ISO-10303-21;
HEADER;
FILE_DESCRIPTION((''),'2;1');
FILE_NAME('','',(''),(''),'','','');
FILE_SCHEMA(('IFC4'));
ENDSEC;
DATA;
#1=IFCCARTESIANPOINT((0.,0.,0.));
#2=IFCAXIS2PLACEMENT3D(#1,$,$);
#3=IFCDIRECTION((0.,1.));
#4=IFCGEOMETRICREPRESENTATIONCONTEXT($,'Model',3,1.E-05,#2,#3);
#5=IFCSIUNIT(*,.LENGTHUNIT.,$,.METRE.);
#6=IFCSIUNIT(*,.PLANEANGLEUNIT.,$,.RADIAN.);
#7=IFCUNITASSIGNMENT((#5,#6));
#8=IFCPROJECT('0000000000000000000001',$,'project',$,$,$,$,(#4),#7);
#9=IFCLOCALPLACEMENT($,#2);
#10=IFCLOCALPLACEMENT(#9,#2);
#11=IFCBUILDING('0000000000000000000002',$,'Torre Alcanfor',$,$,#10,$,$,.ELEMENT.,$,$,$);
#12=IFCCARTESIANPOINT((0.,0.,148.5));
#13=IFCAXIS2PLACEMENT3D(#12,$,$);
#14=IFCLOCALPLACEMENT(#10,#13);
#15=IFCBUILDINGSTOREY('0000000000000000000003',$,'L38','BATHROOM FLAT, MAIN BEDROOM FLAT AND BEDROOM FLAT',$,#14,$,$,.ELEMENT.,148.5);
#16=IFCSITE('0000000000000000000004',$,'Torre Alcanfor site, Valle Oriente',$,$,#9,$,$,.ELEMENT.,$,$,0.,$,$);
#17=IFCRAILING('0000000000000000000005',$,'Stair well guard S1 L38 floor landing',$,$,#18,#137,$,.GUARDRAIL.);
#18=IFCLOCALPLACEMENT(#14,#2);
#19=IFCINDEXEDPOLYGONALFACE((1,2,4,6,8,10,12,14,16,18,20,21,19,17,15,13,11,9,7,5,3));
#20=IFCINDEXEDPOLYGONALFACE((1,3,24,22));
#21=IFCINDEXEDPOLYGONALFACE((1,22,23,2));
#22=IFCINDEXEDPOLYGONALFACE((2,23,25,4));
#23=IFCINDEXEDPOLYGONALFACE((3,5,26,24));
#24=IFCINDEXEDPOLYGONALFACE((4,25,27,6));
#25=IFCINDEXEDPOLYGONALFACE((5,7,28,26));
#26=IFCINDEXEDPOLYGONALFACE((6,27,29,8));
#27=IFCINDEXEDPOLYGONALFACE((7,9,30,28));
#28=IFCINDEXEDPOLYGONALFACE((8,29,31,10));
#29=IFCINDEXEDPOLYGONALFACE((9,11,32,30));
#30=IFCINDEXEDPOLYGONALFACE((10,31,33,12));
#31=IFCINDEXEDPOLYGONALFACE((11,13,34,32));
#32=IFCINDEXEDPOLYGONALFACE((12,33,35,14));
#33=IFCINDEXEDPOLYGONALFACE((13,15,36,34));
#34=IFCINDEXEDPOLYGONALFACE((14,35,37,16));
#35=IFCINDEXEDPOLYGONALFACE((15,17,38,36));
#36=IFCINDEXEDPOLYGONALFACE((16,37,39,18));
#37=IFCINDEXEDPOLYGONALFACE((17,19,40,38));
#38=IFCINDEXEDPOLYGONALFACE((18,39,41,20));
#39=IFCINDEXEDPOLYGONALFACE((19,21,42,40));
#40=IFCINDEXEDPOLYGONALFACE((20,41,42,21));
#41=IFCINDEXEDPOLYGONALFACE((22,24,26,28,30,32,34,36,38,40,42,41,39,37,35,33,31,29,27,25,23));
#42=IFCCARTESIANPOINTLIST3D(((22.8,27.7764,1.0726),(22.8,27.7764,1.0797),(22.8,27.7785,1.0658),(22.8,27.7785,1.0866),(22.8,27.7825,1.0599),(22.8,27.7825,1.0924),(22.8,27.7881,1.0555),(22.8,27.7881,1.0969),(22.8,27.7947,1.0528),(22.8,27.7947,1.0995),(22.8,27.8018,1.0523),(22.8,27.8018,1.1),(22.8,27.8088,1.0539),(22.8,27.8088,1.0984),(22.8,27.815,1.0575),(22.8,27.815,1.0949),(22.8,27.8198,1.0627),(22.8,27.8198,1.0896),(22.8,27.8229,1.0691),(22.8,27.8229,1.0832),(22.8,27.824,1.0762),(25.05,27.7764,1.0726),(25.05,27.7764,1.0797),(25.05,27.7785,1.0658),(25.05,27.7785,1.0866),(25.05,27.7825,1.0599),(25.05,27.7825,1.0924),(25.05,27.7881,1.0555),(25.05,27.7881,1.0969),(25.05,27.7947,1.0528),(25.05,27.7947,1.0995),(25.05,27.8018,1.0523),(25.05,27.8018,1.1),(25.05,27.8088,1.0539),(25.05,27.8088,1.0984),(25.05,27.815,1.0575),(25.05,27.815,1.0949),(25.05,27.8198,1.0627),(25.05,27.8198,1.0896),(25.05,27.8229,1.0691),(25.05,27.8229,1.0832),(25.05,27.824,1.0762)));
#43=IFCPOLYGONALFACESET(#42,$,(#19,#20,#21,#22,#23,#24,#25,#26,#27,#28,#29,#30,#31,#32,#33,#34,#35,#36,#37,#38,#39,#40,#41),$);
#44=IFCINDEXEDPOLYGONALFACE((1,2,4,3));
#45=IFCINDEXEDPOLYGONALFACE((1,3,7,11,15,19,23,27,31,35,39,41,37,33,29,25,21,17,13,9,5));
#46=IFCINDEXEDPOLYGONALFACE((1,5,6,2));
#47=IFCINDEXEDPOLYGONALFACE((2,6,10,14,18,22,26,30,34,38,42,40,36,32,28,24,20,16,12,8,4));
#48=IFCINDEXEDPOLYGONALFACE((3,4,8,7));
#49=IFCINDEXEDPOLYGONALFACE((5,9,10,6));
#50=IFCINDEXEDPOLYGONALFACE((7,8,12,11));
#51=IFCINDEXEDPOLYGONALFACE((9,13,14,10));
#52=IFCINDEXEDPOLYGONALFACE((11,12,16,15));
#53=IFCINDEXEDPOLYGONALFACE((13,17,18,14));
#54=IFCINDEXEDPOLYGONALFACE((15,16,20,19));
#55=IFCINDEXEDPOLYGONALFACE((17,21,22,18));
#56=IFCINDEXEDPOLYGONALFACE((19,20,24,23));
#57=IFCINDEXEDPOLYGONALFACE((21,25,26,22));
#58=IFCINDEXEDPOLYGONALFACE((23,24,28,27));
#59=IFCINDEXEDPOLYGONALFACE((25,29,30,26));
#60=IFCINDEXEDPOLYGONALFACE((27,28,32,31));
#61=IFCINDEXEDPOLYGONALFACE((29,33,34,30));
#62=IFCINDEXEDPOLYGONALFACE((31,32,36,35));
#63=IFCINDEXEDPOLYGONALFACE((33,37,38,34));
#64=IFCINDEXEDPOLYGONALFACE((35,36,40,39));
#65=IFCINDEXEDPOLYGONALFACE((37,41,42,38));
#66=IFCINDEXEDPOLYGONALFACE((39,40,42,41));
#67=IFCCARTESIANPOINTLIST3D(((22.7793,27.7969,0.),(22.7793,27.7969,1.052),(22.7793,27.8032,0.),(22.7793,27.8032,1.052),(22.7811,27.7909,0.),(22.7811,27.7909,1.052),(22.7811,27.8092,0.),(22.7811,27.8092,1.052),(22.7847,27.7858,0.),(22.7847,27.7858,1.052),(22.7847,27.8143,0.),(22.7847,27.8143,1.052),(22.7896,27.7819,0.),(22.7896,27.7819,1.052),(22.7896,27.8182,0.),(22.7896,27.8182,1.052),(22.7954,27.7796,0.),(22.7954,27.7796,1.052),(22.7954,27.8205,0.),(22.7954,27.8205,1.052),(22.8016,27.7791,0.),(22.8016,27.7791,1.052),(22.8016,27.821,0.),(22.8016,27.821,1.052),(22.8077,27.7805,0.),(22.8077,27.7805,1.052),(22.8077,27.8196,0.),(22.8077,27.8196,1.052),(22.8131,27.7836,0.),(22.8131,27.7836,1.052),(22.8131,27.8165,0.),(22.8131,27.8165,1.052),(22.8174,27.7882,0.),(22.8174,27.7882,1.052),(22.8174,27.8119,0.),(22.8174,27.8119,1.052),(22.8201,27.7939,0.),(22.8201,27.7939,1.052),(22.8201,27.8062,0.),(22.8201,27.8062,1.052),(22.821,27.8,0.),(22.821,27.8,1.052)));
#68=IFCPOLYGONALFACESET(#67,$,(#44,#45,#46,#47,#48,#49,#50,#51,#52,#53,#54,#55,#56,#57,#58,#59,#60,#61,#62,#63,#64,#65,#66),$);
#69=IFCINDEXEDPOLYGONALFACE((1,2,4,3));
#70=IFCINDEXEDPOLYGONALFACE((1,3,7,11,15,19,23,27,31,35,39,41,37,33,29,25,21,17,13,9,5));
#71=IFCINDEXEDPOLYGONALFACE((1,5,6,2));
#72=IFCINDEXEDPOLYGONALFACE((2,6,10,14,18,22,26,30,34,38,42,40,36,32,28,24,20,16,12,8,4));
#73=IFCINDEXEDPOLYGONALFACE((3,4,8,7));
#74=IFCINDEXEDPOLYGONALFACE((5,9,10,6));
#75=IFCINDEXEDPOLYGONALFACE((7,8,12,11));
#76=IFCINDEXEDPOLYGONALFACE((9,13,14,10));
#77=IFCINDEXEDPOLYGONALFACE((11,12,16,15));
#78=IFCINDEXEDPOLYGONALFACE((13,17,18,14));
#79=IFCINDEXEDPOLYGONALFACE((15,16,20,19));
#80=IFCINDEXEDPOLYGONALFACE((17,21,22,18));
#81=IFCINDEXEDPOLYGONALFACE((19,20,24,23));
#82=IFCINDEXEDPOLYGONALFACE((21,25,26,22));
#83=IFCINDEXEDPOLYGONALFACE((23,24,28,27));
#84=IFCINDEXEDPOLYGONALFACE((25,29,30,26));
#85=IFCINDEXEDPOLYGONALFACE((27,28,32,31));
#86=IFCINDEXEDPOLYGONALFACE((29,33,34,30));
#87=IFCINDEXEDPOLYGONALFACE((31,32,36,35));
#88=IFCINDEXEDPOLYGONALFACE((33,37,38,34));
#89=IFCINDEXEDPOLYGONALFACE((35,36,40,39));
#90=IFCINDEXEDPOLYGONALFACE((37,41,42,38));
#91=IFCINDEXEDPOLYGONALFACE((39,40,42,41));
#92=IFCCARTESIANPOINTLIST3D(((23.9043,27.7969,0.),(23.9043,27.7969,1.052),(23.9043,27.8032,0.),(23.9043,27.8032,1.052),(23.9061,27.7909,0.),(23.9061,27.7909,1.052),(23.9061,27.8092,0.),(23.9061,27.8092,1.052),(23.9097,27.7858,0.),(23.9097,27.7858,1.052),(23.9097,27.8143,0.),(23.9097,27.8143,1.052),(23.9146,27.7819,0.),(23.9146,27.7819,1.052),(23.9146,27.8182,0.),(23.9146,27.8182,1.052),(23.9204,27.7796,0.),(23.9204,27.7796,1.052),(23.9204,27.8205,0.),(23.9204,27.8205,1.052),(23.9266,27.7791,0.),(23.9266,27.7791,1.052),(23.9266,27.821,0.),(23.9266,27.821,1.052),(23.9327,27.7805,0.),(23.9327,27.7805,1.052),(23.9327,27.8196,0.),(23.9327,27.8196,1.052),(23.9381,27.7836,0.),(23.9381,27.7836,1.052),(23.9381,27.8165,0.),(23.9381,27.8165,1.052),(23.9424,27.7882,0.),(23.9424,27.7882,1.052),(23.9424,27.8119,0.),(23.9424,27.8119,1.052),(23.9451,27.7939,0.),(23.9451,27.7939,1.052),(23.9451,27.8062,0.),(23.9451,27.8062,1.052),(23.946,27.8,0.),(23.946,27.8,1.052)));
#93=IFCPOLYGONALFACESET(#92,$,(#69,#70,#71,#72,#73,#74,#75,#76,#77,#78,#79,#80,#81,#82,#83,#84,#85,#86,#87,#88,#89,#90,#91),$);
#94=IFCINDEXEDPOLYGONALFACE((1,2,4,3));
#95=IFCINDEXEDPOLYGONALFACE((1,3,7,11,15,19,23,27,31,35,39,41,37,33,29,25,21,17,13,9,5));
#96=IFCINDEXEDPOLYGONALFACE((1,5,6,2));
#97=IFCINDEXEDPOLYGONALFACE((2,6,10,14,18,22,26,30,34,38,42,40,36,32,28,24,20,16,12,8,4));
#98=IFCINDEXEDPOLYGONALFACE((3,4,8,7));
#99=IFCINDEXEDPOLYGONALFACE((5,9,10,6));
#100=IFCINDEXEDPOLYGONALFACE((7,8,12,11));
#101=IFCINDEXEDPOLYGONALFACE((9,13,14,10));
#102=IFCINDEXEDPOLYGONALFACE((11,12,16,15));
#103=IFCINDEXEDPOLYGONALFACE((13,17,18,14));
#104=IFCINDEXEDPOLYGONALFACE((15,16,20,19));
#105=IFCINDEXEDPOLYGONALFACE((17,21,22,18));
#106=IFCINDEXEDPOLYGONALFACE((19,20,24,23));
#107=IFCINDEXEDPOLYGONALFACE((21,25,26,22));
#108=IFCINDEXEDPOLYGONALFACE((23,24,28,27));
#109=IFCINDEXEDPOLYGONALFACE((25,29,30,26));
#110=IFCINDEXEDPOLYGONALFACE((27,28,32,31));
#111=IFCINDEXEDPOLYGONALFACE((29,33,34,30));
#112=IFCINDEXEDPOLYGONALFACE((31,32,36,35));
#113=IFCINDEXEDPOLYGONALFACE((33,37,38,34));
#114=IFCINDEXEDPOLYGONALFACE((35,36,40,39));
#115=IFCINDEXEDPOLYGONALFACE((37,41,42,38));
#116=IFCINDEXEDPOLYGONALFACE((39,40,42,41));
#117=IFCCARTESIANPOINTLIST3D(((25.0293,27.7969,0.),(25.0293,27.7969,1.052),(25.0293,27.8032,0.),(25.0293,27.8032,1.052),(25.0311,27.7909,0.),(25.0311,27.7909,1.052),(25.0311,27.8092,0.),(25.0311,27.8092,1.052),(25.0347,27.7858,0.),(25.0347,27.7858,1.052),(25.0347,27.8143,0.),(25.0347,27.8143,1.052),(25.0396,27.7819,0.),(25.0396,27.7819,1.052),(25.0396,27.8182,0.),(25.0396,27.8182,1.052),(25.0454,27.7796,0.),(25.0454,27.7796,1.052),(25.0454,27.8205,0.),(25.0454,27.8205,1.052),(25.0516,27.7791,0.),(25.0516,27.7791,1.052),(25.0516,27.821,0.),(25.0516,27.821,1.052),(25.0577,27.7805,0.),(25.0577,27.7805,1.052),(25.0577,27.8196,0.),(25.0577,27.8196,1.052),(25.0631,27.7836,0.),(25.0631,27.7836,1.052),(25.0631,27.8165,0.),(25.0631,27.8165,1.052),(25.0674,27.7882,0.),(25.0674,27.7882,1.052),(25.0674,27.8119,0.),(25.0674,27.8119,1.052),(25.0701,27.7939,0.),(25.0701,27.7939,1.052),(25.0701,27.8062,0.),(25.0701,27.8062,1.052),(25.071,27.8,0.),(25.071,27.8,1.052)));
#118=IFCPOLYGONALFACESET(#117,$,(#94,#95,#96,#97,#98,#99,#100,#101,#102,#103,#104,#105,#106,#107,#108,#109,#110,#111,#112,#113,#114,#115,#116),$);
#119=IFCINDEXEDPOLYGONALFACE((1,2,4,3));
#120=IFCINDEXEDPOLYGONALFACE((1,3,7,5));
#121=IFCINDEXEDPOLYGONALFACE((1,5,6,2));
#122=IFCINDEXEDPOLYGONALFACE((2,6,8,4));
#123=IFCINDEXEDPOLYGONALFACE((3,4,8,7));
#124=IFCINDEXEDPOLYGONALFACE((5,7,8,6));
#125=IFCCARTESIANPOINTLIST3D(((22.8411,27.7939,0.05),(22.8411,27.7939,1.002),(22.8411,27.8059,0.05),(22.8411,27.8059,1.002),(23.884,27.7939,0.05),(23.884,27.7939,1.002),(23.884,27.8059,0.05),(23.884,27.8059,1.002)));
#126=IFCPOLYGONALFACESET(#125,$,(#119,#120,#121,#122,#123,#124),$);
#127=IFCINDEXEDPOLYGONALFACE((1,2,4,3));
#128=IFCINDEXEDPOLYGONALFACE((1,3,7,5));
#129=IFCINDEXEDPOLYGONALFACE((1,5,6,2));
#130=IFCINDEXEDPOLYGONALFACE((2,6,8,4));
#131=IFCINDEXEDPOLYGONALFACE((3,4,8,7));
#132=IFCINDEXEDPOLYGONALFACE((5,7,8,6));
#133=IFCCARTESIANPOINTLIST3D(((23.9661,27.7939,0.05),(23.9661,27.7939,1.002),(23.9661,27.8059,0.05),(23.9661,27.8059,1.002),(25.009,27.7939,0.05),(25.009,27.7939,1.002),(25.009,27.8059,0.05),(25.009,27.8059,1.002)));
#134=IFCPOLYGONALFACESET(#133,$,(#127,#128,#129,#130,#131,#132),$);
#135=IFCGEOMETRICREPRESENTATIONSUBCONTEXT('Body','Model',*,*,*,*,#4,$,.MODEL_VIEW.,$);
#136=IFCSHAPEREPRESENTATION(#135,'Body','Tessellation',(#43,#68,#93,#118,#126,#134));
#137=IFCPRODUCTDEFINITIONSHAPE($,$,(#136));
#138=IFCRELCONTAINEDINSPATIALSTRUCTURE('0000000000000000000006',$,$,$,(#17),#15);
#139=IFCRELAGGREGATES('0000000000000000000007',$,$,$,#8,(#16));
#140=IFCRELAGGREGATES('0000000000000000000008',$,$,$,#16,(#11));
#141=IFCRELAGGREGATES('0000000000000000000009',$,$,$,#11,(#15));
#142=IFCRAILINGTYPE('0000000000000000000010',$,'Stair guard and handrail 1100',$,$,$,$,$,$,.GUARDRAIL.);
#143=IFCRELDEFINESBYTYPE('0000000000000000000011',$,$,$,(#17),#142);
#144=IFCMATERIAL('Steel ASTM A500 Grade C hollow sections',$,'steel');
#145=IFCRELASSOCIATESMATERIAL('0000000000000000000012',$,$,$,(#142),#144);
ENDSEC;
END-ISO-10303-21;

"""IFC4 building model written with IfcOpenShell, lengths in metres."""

from ifc_helpers import new_model, si_unit, direction, frame, origin, origin_2d, place, context, subcontext, project, spatial, polyline, circle, outline, extrude, material, type_object, element, save


model = new_model("IFC4")

# Units and contexts
model_context = context("Model", 3, precision=1e-05, world=origin(), true_north=direction((0.0, 1.0)))
body_context = subcontext(model_context, "Body", "Model", "MODEL_VIEW")
ifc_project = project(units=[si_unit("LENGTHUNIT", "METRE"), si_unit("PLANEANGLEUNIT", "RADIAN")], contexts=[model_context])

# Site, building, storey
site_placement = place(None, origin())
site = spatial("IfcSite", under=ifc_project, at=site_placement, Name="Torre Alcanfor site, Valle Oriente", CompositionType="ELEMENT", RefElevation=0.0)
building_placement = place(site_placement, origin())
building = spatial("IfcBuilding", under=site, at=building_placement, Name="Torre Alcanfor", CompositionType="ELEMENT")
storey_placement = place(building_placement, frame((0.0, 0.0, 148.5)))
storey = spatial("IfcBuildingStorey", under=building, at=storey_placement, Name="L38", Description="BATHROOM FLAT, MAIN BEDROOM FLAT AND BEDROOM FLAT", CompositionType="ELEMENT", Elevation=148.5)

# Railing
ifc_material_1 = material(Name="Steel ASTM A500 Grade C hollow sections", Category="steel")
railing_type_1 = type_object("IfcRailingType", Name="Stair guard and handrail 1100", PredefinedType="GUARDRAIL", material=ifc_material_1)
railing_1_placement = place(storey_placement, frame((22.8, 27.8, 0.0)))
element("IfcRailing", 1, at=railing_1_placement, inside=storey, type_object=railing_type_1, Name="Stair well guard S1 L38 floor landing", PredefinedType="GUARDRAIL", context=body_context, shape_type="SweptSolid", body=[
    extrude(circle(Radius=0.0239, at=origin_2d()), frame((0.0, 0.0, 1.0762), z_axis=(1.0, 0.0, 0.0), x_axis=(0.0, 1.0, 0.0)), (0.0, 0.0, 1.0), 2.25),
    extrude(circle(Radius=0.021, at=origin_2d()), origin(), (0.0, 0.0, 1.0), 1.052),
    extrude(circle(Radius=0.021, at=origin_2d()), frame((1.125, 0.0, 0.0)), (0.0, 0.0, 1.0), 1.052),
    extrude(circle(Radius=0.021, at=origin_2d()), frame((2.25, 0.0, 0.0)), (0.0, 0.0, 1.0), 1.052),
    extrude(outline(polyline([(0.041, 0.05), (1.084, 0.05), (1.084, 1.002), (0.041, 1.002), (0.041, 0.05)])), frame((0.0, 0.0059, 0.0), z_axis=(0.0, -1.0, 0.0), x_axis=(1.0, 0.0, 0.0)), (0.0, 0.0, 1.0), 0.012),
    extrude(outline(polyline([(1.166, 0.05), (2.209, 0.05), (2.209, 1.002), (1.166, 1.002), (1.166, 0.05)])), frame((0.0, 0.0059, 0.0), z_axis=(0.0, -1.0, 0.0), x_axis=(1.0, 0.0, 0.0)), (0.0, 0.0, 1.0), 0.012),
])

save(model, "model.ifc")
